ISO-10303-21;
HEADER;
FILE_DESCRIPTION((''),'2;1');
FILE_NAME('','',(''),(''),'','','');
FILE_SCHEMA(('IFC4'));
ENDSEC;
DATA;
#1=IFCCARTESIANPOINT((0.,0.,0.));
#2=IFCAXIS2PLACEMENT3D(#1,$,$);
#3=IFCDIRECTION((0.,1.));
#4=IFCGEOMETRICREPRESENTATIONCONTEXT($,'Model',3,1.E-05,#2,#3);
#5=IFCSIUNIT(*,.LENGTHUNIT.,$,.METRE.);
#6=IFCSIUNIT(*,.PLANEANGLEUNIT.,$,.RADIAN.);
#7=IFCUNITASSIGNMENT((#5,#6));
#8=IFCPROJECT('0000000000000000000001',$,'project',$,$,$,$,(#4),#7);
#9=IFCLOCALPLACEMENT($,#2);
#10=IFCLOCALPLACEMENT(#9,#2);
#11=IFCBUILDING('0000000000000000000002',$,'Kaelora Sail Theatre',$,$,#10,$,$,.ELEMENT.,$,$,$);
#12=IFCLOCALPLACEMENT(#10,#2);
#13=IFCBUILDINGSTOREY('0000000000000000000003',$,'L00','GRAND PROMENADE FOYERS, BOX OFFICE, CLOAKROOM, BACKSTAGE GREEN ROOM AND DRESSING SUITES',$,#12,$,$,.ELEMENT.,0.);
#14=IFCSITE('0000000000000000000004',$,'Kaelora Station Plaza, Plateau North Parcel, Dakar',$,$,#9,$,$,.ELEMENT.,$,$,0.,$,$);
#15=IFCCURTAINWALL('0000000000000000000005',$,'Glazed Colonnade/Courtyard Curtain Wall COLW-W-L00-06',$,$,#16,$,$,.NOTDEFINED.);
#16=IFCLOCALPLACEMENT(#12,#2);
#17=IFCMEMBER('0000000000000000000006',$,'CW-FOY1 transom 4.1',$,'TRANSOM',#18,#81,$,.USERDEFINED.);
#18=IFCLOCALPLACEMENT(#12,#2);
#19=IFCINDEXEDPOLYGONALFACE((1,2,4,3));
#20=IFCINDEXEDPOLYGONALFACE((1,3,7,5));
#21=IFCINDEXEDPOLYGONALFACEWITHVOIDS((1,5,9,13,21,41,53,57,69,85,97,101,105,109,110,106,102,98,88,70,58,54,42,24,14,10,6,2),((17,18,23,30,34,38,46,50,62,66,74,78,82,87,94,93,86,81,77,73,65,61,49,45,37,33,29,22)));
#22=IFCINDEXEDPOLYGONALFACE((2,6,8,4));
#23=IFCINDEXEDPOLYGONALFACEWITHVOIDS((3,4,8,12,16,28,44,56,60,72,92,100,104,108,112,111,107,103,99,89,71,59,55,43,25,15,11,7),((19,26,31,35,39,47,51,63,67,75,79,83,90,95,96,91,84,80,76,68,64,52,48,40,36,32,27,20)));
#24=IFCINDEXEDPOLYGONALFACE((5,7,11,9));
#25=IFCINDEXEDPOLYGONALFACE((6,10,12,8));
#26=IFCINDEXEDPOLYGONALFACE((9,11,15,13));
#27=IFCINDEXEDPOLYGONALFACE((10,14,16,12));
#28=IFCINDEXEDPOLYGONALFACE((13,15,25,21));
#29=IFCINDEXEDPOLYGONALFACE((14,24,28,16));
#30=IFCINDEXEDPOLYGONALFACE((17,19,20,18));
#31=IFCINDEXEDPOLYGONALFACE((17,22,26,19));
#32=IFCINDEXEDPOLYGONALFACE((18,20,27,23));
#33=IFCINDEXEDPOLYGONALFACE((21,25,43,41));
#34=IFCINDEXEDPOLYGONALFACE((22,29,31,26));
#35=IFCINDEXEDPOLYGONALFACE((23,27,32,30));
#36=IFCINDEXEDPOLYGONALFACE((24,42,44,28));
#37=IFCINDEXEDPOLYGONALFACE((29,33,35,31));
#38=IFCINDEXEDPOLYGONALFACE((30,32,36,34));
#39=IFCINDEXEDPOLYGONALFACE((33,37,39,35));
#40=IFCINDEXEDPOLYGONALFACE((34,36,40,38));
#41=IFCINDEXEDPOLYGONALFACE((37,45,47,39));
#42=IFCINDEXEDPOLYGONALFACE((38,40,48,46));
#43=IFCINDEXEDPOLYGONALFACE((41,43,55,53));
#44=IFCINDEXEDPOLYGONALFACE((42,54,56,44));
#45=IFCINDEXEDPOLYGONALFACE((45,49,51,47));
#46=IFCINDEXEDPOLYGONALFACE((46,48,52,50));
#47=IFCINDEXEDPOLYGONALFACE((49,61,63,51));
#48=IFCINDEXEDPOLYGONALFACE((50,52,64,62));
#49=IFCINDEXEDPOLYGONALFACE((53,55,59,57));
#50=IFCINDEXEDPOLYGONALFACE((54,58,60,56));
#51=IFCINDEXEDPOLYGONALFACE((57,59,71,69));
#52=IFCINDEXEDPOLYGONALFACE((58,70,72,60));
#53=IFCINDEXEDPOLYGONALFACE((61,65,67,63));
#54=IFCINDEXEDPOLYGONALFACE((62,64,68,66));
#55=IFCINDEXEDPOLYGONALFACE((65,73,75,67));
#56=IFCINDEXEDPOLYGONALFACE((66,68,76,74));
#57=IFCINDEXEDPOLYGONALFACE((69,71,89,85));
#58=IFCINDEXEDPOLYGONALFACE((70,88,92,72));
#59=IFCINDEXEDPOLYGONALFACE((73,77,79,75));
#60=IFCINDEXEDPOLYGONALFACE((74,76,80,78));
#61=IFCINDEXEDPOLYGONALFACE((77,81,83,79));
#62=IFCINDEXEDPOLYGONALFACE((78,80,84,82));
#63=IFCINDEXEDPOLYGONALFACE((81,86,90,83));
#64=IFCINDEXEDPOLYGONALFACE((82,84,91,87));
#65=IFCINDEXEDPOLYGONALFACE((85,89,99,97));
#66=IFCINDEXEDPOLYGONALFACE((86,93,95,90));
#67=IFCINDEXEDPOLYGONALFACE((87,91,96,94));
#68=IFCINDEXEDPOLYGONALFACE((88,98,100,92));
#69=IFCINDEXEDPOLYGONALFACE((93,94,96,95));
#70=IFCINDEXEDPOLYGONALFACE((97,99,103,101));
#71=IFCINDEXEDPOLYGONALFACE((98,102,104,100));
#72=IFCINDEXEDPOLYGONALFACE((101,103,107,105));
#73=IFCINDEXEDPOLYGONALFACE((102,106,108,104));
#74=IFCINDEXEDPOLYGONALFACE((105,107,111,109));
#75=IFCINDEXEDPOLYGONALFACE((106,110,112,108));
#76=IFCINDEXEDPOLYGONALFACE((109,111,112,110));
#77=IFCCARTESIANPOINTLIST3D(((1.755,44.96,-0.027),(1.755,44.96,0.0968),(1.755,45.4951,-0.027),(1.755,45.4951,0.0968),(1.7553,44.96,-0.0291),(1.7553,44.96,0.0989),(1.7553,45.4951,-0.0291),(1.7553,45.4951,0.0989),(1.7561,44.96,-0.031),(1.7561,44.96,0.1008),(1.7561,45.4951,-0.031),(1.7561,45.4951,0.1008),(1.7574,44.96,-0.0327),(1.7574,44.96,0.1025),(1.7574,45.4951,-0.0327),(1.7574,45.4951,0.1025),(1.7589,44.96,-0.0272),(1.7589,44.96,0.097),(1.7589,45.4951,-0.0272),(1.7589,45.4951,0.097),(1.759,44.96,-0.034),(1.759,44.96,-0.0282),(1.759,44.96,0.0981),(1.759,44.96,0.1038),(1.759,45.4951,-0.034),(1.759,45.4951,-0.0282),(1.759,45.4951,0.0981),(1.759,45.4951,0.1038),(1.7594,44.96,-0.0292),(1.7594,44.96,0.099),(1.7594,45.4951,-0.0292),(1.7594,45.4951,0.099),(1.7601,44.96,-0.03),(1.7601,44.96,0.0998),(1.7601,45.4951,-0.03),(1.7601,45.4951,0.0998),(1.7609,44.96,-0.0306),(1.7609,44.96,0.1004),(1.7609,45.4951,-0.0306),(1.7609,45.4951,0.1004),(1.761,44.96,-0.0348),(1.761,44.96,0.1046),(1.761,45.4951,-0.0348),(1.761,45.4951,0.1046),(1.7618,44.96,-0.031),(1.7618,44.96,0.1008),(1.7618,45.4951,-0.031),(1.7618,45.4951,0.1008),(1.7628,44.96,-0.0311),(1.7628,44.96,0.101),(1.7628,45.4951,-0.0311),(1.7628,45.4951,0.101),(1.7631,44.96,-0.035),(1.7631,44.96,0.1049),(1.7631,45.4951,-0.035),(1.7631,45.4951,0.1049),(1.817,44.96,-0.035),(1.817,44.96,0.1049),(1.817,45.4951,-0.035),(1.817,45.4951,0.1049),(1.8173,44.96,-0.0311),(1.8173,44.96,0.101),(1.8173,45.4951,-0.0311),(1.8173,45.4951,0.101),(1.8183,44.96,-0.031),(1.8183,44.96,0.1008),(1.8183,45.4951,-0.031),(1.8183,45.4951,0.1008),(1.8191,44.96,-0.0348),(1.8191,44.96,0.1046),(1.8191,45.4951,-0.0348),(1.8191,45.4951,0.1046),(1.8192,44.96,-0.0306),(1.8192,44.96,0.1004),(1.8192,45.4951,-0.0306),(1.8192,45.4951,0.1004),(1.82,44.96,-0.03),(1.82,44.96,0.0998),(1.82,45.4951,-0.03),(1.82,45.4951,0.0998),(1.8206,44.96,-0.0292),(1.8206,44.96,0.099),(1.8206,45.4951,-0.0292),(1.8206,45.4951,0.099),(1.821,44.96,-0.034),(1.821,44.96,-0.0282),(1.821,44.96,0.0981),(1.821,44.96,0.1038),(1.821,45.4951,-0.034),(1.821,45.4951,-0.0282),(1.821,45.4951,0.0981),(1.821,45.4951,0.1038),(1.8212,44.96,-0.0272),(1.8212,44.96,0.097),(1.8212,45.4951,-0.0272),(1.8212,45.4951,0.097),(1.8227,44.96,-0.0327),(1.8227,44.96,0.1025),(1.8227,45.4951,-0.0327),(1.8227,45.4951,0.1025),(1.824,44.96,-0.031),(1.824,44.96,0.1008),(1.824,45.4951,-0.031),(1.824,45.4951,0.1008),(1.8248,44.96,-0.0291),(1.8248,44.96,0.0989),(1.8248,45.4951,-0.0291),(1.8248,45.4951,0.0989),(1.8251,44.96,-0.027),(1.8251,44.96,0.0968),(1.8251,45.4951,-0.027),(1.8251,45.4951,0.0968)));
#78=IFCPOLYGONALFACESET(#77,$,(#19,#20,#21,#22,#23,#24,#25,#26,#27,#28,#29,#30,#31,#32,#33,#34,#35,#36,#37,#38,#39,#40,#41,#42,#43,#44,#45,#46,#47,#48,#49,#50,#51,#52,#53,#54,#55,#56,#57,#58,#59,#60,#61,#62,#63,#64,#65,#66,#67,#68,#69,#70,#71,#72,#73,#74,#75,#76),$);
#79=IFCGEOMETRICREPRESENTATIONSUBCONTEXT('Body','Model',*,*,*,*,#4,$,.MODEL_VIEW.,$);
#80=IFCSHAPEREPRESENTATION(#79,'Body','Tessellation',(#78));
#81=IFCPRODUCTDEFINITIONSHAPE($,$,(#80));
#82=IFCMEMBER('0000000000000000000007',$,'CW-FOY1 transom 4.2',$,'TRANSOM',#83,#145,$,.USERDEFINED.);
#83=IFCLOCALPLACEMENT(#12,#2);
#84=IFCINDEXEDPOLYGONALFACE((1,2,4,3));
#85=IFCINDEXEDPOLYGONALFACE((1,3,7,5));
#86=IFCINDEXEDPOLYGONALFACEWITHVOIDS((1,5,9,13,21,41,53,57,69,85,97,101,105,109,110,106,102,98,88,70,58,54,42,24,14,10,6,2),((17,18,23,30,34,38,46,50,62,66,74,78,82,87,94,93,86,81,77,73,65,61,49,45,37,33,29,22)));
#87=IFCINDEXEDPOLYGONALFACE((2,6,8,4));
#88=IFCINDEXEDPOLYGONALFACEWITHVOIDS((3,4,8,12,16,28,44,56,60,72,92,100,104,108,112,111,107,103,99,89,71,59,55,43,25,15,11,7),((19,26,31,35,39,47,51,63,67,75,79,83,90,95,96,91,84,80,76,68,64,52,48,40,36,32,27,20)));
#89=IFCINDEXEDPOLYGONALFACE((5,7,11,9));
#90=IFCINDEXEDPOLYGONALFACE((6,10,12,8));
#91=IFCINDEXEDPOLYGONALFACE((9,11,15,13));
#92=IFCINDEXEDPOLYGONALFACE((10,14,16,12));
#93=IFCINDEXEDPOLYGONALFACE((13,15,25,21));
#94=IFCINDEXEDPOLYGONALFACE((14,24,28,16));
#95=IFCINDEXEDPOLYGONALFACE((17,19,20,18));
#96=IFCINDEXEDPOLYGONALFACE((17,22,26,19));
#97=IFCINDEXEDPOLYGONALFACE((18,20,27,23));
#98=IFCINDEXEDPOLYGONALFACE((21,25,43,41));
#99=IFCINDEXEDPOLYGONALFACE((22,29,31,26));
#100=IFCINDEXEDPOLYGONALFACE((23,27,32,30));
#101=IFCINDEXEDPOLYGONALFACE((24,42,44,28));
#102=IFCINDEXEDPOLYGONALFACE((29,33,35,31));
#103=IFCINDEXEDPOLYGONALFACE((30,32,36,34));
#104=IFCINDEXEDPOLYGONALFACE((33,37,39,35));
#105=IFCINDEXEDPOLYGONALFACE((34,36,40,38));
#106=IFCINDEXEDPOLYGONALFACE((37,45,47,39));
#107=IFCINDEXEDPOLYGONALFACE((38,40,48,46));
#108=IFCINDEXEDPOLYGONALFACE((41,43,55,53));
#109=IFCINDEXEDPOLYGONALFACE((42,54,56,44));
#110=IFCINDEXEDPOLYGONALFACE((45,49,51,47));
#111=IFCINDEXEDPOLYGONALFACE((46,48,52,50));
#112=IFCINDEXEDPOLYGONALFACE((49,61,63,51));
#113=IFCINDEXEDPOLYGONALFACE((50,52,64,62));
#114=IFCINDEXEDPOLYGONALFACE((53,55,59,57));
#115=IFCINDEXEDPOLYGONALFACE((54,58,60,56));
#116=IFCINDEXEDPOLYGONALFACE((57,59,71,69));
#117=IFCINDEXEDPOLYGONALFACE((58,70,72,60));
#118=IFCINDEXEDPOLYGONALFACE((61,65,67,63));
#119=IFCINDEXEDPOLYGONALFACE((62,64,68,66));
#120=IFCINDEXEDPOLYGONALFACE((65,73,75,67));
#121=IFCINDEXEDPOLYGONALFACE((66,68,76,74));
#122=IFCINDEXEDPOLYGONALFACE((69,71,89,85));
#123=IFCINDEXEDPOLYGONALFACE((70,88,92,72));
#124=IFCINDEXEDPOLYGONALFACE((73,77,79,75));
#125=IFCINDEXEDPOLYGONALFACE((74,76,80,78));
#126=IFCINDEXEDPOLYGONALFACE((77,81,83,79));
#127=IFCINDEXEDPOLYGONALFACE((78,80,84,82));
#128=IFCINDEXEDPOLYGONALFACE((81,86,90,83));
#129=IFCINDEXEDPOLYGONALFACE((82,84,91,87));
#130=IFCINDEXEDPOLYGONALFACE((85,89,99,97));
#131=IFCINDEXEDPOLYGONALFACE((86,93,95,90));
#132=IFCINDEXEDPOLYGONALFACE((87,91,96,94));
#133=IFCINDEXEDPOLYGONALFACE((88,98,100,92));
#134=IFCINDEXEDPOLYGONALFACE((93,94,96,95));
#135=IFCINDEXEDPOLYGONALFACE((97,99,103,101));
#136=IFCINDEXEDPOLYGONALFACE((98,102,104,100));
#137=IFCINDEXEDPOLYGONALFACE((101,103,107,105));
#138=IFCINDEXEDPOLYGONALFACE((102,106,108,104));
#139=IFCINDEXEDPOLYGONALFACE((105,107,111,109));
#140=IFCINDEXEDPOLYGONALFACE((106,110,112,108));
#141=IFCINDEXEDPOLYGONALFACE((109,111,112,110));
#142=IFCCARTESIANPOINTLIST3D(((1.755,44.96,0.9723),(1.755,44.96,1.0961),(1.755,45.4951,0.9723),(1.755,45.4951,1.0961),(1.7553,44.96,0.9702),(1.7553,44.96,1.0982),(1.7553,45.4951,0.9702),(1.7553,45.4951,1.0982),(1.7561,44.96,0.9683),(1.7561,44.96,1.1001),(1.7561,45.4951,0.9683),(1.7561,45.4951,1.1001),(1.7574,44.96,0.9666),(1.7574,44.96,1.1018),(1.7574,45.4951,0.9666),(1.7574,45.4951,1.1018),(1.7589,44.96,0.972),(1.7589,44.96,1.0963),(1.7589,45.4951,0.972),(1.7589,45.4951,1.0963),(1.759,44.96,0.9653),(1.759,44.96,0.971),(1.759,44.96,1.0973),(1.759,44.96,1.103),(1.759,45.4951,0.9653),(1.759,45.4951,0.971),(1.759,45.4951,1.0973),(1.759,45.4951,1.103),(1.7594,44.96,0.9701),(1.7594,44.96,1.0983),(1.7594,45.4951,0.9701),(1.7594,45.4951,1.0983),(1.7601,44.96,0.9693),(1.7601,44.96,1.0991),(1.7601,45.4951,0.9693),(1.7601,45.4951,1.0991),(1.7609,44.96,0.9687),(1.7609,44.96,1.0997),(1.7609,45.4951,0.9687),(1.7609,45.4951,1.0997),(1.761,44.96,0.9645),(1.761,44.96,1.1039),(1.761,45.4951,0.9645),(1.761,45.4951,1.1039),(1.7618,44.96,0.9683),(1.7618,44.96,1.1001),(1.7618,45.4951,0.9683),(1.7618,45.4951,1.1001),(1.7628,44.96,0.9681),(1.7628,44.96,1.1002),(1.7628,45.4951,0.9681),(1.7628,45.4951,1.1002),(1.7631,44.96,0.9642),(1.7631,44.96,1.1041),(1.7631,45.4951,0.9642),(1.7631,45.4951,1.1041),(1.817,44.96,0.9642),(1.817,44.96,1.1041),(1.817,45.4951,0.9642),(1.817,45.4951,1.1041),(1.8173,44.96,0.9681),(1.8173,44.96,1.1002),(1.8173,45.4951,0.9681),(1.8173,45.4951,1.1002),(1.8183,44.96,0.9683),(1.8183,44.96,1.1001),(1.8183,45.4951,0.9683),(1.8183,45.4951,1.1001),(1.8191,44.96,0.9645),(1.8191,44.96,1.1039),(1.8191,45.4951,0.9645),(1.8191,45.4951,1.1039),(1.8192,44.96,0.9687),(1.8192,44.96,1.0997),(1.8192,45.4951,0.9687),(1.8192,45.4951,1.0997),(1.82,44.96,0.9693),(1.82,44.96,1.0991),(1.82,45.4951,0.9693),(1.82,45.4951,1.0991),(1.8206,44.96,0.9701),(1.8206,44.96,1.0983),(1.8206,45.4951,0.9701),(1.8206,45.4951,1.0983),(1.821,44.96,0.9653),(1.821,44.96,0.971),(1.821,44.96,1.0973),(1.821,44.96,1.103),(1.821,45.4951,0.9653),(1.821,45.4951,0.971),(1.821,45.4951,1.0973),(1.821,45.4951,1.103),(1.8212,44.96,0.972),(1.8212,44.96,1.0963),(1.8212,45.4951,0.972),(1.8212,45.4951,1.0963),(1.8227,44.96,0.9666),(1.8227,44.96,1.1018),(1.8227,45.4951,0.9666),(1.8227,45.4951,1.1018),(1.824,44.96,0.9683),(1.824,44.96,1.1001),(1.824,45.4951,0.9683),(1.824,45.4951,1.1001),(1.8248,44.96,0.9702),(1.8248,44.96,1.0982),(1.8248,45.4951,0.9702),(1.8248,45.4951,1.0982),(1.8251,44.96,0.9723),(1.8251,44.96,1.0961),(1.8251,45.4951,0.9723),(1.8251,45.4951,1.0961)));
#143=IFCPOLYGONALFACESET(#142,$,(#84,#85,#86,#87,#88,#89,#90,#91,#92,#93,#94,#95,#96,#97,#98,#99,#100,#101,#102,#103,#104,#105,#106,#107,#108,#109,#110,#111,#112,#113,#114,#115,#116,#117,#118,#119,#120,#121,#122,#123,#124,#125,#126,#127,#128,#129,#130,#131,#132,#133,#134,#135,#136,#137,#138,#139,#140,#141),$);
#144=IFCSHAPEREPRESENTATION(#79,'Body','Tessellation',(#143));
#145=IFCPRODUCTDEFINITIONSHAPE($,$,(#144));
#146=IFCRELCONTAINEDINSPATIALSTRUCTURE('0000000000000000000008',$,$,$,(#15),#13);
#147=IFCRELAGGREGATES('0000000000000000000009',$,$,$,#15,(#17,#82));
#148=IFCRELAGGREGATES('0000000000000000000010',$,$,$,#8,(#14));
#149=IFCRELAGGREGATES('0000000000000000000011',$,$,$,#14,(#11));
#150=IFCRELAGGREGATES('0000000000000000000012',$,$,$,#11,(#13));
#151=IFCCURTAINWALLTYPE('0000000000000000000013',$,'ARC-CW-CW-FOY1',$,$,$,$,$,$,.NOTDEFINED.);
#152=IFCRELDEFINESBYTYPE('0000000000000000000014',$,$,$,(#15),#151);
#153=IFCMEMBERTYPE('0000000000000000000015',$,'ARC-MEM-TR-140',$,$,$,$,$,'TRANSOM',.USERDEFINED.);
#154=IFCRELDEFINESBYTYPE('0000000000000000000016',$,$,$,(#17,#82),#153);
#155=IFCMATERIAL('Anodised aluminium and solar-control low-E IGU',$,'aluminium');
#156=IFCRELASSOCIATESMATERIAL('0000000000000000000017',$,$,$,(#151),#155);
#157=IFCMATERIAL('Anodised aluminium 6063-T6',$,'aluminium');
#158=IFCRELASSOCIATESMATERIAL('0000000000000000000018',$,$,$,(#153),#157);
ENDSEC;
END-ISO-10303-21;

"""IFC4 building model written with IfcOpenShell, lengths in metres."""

from ifc_helpers import new_model, si_unit, direction, frame, origin, origin_2d, place, context, subcontext, project, spatial, hollow_rectangle, extrude, material, material_profile, profile_set, type_object, element, aggregate, save


model = new_model("IFC4")

# Units and contexts
model_context = context("Model", 3, precision=1e-05, world=origin(), true_north=direction((0.0, 1.0)))
body_context = subcontext(model_context, "Body", "Model", "MODEL_VIEW")
ifc_project = project(units=[si_unit("LENGTHUNIT", "METRE"), si_unit("PLANEANGLEUNIT", "RADIAN")], contexts=[model_context])

# Site, building, storey
site_placement = place(None, origin())
site = spatial("IfcSite", under=ifc_project, at=site_placement, Name="Kaelora Station Plaza, Plateau North Parcel, Dakar", CompositionType="ELEMENT", RefElevation=0.0)
building_placement = place(site_placement, origin())
building = spatial("IfcBuilding", under=site, at=building_placement, Name="Kaelora Sail Theatre", CompositionType="ELEMENT")
storey_placement = place(building_placement, origin())
storey = spatial("IfcBuildingStorey", under=building, at=storey_placement, Name="L00", Description="GRAND PROMENADE FOYERS, BOX OFFICE, CLOAKROOM, BACKSTAGE GREEN ROOM AND DRESSING SUITES", CompositionType="ELEMENT", Elevation=0.0)

# Curtain wall
ifc_material_1 = material(Name="Anodised aluminium and solar-control low-E IGU", Category="aluminium")
curtain_wall_type = type_object("IfcCurtainWallType", Name="ARC-CW-CW-FOY1", PredefinedType="NOTDEFINED", material=ifc_material_1)
curtain_wall_1_placement = place(storey_placement, origin())
curtain_wall_1 = element("IfcCurtainWall", 1, at=curtain_wall_1_placement, inside=storey, type_object=curtain_wall_type, Name="Glazed Colonnade/Courtyard Curtain Wall COLW-W-L00-06", PredefinedType="NOTDEFINED")

# Members
ifc_material_2 = material(Name="Anodised aluminium 6063-T6", Category="aluminium")
ifc_material_profile_1 = material_profile(ifc_material_2, hollow_rectangle(XDim=0.0701, YDim=0.1399, WallThickness=0.0039, InnerFilletRadius=0.0039, OuterFilletRadius=0.0081, at=origin_2d()), Name="ALU-TRAN 70x140x4")
ifc_profile_set_1 = profile_set([ifc_material_profile_1], Name="Anodised aluminium 6063-T6")
member_type_1 = type_object("IfcMemberType", Name="ARC-MEM-TR-140", ElementType="TRANSOM", PredefinedType="USERDEFINED", material=ifc_profile_set_1)
member_1_placement = place(storey_placement, frame((1.79, 44.96, 0.0349), z_axis=(0.0, 1.0, 0.0), x_axis=(-1.0, 0.0, 0.0)))
member_1 = element("IfcMember", 2, at=member_1_placement, type_object=member_type_1, Name="CW-FOY1 transom 4.1", ObjectType="TRANSOM", PredefinedType="USERDEFINED", context=body_context, shape_type="SweptSolid", body=[
    extrude(hollow_rectangle(XDim=0.0701, YDim=0.1399, WallThickness=0.0039, InnerFilletRadius=0.0039, OuterFilletRadius=0.0081, at=origin_2d()), origin(), (0.0, 0.0, 1.0), 0.5352),
])
member_2_placement = place(storey_placement, frame((1.79, 44.96, 1.0342), z_axis=(0.0, 1.0, 0.0), x_axis=(-1.0, 0.0, 0.0)))
member_2 = element("IfcMember", 3, at=member_2_placement, type_object=member_type_1, Name="CW-FOY1 transom 4.2", ObjectType="TRANSOM", PredefinedType="USERDEFINED", context=body_context, shape_type="SweptSolid", body=[
    extrude(hollow_rectangle(XDim=0.0701, YDim=0.1399, WallThickness=0.0039, InnerFilletRadius=0.0039, OuterFilletRadius=0.0081, at=origin_2d()), origin(), (0.0, 0.0, 1.0), 0.5352),
])

aggregate(curtain_wall_1, [member_1, member_2])

save(model, "model.ifc")
